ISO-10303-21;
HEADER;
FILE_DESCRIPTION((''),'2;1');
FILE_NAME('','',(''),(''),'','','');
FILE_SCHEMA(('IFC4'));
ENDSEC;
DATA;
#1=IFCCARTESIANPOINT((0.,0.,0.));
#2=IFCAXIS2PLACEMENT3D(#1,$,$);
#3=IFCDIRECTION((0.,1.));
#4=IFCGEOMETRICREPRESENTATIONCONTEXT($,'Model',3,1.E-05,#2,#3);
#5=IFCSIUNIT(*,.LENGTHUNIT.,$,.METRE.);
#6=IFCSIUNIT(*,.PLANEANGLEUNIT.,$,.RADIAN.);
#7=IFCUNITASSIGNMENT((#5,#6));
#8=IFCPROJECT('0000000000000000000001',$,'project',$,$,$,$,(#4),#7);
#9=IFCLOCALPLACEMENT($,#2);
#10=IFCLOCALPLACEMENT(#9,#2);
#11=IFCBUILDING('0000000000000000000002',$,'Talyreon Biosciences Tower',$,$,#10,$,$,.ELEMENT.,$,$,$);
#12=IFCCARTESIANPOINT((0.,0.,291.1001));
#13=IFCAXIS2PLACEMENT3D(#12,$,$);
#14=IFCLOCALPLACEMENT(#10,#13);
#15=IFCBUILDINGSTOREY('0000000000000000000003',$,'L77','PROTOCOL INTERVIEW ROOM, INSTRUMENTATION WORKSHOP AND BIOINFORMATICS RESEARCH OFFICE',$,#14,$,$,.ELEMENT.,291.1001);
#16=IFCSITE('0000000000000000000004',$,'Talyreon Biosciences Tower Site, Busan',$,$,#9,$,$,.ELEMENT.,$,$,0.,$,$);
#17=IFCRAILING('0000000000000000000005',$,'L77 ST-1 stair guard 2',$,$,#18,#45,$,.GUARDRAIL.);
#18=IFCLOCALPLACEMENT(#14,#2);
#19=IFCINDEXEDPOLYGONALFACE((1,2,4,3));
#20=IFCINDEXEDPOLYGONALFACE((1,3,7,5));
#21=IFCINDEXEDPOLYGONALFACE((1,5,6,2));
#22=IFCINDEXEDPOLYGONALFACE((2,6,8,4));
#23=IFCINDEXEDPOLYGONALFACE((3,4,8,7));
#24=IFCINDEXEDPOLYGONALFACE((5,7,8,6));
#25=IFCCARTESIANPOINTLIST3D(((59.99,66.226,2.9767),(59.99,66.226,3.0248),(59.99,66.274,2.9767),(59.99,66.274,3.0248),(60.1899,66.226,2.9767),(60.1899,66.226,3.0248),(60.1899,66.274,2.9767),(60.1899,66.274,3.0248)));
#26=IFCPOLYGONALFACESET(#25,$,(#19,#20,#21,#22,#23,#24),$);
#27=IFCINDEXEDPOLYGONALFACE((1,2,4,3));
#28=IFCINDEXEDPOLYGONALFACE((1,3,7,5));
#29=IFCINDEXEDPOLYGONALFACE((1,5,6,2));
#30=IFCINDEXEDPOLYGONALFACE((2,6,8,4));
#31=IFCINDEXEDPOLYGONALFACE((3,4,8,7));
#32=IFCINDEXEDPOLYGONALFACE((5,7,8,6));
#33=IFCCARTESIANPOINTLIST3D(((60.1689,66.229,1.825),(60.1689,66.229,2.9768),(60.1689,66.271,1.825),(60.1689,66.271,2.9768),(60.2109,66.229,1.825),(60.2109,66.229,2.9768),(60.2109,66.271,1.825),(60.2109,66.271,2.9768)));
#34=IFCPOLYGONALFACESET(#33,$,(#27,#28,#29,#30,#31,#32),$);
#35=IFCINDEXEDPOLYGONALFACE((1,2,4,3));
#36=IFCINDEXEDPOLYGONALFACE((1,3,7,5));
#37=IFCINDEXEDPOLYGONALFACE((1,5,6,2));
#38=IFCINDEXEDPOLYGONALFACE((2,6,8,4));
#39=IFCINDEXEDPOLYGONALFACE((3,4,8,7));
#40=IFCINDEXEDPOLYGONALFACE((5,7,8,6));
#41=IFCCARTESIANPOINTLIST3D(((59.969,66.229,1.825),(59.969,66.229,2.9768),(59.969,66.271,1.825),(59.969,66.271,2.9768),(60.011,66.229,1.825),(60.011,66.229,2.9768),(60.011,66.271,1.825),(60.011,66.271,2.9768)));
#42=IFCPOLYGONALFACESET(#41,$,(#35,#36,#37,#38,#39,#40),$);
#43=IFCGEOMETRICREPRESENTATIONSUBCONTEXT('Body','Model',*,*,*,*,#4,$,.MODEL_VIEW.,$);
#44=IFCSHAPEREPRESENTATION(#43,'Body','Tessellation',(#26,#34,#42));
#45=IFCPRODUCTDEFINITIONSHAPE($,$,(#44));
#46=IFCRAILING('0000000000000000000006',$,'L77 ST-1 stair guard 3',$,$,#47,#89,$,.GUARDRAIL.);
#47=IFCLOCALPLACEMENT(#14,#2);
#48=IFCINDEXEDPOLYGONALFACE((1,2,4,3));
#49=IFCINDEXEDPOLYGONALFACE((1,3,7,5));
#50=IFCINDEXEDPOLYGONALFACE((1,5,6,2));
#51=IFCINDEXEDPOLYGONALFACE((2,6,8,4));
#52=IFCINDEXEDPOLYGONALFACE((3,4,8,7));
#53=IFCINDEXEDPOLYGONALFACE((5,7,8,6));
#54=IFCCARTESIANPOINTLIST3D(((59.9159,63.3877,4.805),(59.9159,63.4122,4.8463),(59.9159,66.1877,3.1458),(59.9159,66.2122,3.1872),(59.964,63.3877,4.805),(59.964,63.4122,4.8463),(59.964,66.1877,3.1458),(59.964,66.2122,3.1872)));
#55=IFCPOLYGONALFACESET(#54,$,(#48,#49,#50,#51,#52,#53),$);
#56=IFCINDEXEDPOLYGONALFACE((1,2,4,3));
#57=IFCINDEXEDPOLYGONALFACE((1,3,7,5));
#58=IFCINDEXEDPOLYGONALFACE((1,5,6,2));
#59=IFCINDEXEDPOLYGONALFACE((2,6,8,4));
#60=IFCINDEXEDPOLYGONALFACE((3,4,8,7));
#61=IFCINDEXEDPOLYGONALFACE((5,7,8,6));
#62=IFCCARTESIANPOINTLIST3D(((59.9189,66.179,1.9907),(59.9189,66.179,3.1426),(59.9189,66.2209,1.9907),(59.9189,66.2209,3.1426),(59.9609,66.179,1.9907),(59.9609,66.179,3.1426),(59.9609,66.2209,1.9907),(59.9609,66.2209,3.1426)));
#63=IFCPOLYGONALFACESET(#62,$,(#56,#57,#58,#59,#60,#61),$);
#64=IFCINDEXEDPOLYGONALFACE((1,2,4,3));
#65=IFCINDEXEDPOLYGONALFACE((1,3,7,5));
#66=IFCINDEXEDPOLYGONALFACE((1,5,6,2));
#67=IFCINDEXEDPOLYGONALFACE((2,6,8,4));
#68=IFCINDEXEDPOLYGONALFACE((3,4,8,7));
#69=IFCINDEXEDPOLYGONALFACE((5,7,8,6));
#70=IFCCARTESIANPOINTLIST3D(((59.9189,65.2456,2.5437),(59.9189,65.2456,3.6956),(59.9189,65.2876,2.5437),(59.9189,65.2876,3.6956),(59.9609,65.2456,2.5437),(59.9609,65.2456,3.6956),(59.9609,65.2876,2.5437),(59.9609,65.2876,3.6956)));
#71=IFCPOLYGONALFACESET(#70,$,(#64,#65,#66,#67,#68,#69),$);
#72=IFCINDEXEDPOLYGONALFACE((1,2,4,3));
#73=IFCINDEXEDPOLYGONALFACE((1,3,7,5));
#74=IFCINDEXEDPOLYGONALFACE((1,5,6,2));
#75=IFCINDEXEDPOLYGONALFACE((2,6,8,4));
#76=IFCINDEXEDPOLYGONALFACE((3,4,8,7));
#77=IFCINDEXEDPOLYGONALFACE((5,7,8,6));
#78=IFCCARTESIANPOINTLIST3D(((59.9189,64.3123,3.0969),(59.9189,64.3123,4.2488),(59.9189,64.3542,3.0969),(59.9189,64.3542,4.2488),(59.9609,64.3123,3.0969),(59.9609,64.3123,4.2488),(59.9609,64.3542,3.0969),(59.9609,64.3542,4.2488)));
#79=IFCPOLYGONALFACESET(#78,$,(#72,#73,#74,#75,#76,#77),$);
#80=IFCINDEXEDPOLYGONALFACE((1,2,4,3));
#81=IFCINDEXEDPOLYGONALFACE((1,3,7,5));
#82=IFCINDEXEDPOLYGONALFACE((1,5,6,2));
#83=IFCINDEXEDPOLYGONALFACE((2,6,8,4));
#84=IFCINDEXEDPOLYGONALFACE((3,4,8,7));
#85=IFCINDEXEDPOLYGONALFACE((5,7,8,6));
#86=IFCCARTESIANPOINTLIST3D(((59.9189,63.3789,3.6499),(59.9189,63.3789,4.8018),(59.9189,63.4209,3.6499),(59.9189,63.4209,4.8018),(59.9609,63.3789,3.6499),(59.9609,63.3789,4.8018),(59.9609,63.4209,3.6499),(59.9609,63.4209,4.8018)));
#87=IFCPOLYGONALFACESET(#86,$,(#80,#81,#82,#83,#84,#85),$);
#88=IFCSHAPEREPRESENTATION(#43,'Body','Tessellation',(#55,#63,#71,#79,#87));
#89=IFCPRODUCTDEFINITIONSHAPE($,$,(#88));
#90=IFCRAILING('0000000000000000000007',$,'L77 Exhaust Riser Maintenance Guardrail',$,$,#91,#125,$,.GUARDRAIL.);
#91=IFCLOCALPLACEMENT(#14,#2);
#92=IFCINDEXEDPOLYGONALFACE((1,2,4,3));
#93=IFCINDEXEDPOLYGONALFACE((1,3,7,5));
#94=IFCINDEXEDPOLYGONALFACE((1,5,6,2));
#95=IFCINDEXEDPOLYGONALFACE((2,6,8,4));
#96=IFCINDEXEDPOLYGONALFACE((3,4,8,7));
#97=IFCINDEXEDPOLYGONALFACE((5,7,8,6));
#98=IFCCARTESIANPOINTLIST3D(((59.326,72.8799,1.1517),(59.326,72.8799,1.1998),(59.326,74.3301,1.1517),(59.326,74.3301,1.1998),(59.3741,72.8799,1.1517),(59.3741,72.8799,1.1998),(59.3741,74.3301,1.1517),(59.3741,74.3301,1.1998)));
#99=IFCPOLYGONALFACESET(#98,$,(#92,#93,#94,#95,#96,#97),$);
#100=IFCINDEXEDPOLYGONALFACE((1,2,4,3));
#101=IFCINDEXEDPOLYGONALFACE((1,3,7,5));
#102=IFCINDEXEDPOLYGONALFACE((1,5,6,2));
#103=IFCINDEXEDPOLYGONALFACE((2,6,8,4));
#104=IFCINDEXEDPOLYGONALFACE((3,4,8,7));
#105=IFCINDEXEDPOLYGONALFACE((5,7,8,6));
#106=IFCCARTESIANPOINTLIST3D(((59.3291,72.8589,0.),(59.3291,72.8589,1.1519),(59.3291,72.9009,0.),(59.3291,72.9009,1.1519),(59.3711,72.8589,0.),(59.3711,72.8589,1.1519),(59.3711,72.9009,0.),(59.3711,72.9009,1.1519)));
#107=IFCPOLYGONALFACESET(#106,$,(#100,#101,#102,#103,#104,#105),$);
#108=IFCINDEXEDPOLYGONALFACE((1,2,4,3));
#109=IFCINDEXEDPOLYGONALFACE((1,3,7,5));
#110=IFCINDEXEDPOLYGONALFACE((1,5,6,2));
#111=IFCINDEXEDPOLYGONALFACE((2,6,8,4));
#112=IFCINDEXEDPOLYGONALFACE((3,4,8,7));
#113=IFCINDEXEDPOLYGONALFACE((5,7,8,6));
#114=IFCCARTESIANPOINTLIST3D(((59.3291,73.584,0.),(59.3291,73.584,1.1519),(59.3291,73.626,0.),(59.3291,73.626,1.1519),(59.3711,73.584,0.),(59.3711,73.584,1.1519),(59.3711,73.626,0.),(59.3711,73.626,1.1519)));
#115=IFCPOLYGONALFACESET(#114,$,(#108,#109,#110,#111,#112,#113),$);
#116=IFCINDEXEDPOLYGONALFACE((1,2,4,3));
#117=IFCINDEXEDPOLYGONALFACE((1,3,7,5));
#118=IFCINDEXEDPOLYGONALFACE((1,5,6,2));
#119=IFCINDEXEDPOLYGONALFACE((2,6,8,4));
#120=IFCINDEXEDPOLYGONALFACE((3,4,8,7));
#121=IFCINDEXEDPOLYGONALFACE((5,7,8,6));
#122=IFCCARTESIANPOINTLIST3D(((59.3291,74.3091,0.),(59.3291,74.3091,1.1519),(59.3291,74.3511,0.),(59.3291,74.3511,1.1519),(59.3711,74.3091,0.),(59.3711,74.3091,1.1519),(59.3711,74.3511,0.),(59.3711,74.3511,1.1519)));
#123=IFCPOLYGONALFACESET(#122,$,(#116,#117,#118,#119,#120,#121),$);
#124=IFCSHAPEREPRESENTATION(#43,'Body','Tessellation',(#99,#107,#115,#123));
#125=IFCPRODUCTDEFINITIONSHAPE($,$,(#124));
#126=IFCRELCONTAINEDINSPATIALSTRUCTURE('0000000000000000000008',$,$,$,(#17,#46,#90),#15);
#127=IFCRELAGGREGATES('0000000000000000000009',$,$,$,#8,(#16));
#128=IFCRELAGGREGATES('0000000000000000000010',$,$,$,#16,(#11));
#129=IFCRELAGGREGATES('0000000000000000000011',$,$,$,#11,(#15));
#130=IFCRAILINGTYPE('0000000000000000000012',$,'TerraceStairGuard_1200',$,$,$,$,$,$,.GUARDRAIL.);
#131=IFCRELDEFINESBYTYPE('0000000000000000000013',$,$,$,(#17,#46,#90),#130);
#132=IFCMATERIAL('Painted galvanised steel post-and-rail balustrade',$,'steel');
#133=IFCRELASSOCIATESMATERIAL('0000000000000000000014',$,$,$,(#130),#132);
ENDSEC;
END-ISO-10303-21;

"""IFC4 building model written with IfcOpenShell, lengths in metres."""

from ifc_helpers import new_model, si_unit, direction, frame, origin, origin_2d, place, context, subcontext, project, spatial, rectangle, extrude, material, type_object, element, save


model = new_model("IFC4")

# Units and contexts
model_context = context("Model", 3, precision=1e-05, world=origin(), true_north=direction((0.0, 1.0)))
body_context = subcontext(model_context, "Body", "Model", "MODEL_VIEW")
ifc_project = project(units=[si_unit("LENGTHUNIT", "METRE"), si_unit("PLANEANGLEUNIT", "RADIAN")], contexts=[model_context])

# Site, building, storey
site_placement = place(None, origin())
site = spatial("IfcSite", under=ifc_project, at=site_placement, Name="Talyreon Biosciences Tower Site, Busan", CompositionType="ELEMENT", RefElevation=0.0)
building_placement = place(site_placement, origin())
building = spatial("IfcBuilding", under=site, at=building_placement, Name="Talyreon Biosciences Tower", CompositionType="ELEMENT")
storey_placement = place(building_placement, frame((0.0, 0.0, 291.1001)))
storey = spatial("IfcBuildingStorey", under=building, at=storey_placement, Name="L77", Description="PROTOCOL INTERVIEW ROOM, INSTRUMENTATION WORKSHOP AND BIOINFORMATICS RESEARCH OFFICE", CompositionType="ELEMENT", Elevation=291.1001)

# Railings
ifc_material_1 = material(Name="Painted galvanised steel post-and-rail balustrade", Category="steel")
railing_type_1 = type_object("IfcRailingType", Name="TerraceStairGuard_1200", PredefinedType="GUARDRAIL", material=ifc_material_1)
railing_1_placement = place(storey_placement, frame((60.1899, 66.25, 1.825)))
element("IfcRailing", 1, at=railing_1_placement, inside=storey, type_object=railing_type_1, Name="L77 ST-1 stair guard 2", PredefinedType="GUARDRAIL", context=body_context, shape_type="SweptSolid", body=[
    extrude(rectangle(XDim=0.0481, YDim=0.0481, at=origin_2d()), frame((0.0, 0.0, 1.1758), z_axis=(-1.0, 0.0, 0.0), x_axis=(0.0, -1.0, 0.0)), (0.0, 0.0, 1.0), 0.2),
    extrude(rectangle(XDim=0.042, YDim=0.042, at=origin_2d()), origin(), (0.0, 0.0, 1.0), 1.1519),
    extrude(rectangle(XDim=0.042, YDim=0.042, at=origin_2d()), frame((-0.2, 0.0, 0.0)), (0.0, 0.0, 1.0), 1.1519),
])
railing_2_placement = place(storey_placement, frame((59.9399, 66.2, 1.9907)))
element("IfcRailing", 2, at=railing_2_placement, inside=storey, type_object=railing_type_1, Name="L77 ST-1 stair guard 3", PredefinedType="GUARDRAIL", context=body_context, shape_type="SweptSolid", body=[
    extrude(rectangle(XDim=0.0481, YDim=0.0481, at=origin_2d()), frame((0.0, 0.0, 1.1758), z_axis=(0.0, -0.860306, 0.509778), x_axis=(1.0, 0.0, 0.0)), (0.0, 0.0, 1.0), 3.2546),
    extrude(rectangle(XDim=0.042, YDim=0.042, at=origin_2d()), origin(), (0.0, 0.0, 1.0), 1.1519),
    extrude(rectangle(XDim=0.042, YDim=0.042, at=origin_2d()), frame((0.0, -0.9333, 0.553)), (0.0, 0.0, 1.0), 1.1519),
    extrude(rectangle(XDim=0.042, YDim=0.042, at=origin_2d()), frame((0.0, -1.8667, 1.1062)), (0.0, 0.0, 1.0), 1.1519),
    extrude(rectangle(XDim=0.042, YDim=0.042, at=origin_2d()), frame((0.0, -2.8, 1.6592)), (0.0, 0.0, 1.0), 1.1519),
])
railing_3_placement = place(storey_placement, frame((59.3501, 72.8799, 0.0)))
element("IfcRailing", 3, at=railing_3_placement, inside=storey, type_object=railing_type_1, Name="L77 Exhaust Riser Maintenance Guardrail", PredefinedType="GUARDRAIL", context=body_context, shape_type="SweptSolid", body=[
    extrude(rectangle(XDim=0.0481, YDim=0.0481, at=origin_2d()), frame((0.0, 0.0, 1.1758), z_axis=(0.0, 1.0, 0.0), x_axis=(-1.0, 0.0, 0.0)), (0.0, 0.0, 1.0), 1.4502),
    extrude(rectangle(XDim=0.042, YDim=0.042, at=origin_2d()), origin(), (0.0, 0.0, 1.0), 1.1519),
    extrude(rectangle(XDim=0.042, YDim=0.042, at=origin_2d()), frame((0.0, 0.7251, 0.0)), (0.0, 0.0, 1.0), 1.1519),
    extrude(rectangle(XDim=0.042, YDim=0.042, at=origin_2d()), frame((0.0, 1.4502, 0.0)), (0.0, 0.0, 1.0), 1.1519),
])

save(model, "model.ifc")
